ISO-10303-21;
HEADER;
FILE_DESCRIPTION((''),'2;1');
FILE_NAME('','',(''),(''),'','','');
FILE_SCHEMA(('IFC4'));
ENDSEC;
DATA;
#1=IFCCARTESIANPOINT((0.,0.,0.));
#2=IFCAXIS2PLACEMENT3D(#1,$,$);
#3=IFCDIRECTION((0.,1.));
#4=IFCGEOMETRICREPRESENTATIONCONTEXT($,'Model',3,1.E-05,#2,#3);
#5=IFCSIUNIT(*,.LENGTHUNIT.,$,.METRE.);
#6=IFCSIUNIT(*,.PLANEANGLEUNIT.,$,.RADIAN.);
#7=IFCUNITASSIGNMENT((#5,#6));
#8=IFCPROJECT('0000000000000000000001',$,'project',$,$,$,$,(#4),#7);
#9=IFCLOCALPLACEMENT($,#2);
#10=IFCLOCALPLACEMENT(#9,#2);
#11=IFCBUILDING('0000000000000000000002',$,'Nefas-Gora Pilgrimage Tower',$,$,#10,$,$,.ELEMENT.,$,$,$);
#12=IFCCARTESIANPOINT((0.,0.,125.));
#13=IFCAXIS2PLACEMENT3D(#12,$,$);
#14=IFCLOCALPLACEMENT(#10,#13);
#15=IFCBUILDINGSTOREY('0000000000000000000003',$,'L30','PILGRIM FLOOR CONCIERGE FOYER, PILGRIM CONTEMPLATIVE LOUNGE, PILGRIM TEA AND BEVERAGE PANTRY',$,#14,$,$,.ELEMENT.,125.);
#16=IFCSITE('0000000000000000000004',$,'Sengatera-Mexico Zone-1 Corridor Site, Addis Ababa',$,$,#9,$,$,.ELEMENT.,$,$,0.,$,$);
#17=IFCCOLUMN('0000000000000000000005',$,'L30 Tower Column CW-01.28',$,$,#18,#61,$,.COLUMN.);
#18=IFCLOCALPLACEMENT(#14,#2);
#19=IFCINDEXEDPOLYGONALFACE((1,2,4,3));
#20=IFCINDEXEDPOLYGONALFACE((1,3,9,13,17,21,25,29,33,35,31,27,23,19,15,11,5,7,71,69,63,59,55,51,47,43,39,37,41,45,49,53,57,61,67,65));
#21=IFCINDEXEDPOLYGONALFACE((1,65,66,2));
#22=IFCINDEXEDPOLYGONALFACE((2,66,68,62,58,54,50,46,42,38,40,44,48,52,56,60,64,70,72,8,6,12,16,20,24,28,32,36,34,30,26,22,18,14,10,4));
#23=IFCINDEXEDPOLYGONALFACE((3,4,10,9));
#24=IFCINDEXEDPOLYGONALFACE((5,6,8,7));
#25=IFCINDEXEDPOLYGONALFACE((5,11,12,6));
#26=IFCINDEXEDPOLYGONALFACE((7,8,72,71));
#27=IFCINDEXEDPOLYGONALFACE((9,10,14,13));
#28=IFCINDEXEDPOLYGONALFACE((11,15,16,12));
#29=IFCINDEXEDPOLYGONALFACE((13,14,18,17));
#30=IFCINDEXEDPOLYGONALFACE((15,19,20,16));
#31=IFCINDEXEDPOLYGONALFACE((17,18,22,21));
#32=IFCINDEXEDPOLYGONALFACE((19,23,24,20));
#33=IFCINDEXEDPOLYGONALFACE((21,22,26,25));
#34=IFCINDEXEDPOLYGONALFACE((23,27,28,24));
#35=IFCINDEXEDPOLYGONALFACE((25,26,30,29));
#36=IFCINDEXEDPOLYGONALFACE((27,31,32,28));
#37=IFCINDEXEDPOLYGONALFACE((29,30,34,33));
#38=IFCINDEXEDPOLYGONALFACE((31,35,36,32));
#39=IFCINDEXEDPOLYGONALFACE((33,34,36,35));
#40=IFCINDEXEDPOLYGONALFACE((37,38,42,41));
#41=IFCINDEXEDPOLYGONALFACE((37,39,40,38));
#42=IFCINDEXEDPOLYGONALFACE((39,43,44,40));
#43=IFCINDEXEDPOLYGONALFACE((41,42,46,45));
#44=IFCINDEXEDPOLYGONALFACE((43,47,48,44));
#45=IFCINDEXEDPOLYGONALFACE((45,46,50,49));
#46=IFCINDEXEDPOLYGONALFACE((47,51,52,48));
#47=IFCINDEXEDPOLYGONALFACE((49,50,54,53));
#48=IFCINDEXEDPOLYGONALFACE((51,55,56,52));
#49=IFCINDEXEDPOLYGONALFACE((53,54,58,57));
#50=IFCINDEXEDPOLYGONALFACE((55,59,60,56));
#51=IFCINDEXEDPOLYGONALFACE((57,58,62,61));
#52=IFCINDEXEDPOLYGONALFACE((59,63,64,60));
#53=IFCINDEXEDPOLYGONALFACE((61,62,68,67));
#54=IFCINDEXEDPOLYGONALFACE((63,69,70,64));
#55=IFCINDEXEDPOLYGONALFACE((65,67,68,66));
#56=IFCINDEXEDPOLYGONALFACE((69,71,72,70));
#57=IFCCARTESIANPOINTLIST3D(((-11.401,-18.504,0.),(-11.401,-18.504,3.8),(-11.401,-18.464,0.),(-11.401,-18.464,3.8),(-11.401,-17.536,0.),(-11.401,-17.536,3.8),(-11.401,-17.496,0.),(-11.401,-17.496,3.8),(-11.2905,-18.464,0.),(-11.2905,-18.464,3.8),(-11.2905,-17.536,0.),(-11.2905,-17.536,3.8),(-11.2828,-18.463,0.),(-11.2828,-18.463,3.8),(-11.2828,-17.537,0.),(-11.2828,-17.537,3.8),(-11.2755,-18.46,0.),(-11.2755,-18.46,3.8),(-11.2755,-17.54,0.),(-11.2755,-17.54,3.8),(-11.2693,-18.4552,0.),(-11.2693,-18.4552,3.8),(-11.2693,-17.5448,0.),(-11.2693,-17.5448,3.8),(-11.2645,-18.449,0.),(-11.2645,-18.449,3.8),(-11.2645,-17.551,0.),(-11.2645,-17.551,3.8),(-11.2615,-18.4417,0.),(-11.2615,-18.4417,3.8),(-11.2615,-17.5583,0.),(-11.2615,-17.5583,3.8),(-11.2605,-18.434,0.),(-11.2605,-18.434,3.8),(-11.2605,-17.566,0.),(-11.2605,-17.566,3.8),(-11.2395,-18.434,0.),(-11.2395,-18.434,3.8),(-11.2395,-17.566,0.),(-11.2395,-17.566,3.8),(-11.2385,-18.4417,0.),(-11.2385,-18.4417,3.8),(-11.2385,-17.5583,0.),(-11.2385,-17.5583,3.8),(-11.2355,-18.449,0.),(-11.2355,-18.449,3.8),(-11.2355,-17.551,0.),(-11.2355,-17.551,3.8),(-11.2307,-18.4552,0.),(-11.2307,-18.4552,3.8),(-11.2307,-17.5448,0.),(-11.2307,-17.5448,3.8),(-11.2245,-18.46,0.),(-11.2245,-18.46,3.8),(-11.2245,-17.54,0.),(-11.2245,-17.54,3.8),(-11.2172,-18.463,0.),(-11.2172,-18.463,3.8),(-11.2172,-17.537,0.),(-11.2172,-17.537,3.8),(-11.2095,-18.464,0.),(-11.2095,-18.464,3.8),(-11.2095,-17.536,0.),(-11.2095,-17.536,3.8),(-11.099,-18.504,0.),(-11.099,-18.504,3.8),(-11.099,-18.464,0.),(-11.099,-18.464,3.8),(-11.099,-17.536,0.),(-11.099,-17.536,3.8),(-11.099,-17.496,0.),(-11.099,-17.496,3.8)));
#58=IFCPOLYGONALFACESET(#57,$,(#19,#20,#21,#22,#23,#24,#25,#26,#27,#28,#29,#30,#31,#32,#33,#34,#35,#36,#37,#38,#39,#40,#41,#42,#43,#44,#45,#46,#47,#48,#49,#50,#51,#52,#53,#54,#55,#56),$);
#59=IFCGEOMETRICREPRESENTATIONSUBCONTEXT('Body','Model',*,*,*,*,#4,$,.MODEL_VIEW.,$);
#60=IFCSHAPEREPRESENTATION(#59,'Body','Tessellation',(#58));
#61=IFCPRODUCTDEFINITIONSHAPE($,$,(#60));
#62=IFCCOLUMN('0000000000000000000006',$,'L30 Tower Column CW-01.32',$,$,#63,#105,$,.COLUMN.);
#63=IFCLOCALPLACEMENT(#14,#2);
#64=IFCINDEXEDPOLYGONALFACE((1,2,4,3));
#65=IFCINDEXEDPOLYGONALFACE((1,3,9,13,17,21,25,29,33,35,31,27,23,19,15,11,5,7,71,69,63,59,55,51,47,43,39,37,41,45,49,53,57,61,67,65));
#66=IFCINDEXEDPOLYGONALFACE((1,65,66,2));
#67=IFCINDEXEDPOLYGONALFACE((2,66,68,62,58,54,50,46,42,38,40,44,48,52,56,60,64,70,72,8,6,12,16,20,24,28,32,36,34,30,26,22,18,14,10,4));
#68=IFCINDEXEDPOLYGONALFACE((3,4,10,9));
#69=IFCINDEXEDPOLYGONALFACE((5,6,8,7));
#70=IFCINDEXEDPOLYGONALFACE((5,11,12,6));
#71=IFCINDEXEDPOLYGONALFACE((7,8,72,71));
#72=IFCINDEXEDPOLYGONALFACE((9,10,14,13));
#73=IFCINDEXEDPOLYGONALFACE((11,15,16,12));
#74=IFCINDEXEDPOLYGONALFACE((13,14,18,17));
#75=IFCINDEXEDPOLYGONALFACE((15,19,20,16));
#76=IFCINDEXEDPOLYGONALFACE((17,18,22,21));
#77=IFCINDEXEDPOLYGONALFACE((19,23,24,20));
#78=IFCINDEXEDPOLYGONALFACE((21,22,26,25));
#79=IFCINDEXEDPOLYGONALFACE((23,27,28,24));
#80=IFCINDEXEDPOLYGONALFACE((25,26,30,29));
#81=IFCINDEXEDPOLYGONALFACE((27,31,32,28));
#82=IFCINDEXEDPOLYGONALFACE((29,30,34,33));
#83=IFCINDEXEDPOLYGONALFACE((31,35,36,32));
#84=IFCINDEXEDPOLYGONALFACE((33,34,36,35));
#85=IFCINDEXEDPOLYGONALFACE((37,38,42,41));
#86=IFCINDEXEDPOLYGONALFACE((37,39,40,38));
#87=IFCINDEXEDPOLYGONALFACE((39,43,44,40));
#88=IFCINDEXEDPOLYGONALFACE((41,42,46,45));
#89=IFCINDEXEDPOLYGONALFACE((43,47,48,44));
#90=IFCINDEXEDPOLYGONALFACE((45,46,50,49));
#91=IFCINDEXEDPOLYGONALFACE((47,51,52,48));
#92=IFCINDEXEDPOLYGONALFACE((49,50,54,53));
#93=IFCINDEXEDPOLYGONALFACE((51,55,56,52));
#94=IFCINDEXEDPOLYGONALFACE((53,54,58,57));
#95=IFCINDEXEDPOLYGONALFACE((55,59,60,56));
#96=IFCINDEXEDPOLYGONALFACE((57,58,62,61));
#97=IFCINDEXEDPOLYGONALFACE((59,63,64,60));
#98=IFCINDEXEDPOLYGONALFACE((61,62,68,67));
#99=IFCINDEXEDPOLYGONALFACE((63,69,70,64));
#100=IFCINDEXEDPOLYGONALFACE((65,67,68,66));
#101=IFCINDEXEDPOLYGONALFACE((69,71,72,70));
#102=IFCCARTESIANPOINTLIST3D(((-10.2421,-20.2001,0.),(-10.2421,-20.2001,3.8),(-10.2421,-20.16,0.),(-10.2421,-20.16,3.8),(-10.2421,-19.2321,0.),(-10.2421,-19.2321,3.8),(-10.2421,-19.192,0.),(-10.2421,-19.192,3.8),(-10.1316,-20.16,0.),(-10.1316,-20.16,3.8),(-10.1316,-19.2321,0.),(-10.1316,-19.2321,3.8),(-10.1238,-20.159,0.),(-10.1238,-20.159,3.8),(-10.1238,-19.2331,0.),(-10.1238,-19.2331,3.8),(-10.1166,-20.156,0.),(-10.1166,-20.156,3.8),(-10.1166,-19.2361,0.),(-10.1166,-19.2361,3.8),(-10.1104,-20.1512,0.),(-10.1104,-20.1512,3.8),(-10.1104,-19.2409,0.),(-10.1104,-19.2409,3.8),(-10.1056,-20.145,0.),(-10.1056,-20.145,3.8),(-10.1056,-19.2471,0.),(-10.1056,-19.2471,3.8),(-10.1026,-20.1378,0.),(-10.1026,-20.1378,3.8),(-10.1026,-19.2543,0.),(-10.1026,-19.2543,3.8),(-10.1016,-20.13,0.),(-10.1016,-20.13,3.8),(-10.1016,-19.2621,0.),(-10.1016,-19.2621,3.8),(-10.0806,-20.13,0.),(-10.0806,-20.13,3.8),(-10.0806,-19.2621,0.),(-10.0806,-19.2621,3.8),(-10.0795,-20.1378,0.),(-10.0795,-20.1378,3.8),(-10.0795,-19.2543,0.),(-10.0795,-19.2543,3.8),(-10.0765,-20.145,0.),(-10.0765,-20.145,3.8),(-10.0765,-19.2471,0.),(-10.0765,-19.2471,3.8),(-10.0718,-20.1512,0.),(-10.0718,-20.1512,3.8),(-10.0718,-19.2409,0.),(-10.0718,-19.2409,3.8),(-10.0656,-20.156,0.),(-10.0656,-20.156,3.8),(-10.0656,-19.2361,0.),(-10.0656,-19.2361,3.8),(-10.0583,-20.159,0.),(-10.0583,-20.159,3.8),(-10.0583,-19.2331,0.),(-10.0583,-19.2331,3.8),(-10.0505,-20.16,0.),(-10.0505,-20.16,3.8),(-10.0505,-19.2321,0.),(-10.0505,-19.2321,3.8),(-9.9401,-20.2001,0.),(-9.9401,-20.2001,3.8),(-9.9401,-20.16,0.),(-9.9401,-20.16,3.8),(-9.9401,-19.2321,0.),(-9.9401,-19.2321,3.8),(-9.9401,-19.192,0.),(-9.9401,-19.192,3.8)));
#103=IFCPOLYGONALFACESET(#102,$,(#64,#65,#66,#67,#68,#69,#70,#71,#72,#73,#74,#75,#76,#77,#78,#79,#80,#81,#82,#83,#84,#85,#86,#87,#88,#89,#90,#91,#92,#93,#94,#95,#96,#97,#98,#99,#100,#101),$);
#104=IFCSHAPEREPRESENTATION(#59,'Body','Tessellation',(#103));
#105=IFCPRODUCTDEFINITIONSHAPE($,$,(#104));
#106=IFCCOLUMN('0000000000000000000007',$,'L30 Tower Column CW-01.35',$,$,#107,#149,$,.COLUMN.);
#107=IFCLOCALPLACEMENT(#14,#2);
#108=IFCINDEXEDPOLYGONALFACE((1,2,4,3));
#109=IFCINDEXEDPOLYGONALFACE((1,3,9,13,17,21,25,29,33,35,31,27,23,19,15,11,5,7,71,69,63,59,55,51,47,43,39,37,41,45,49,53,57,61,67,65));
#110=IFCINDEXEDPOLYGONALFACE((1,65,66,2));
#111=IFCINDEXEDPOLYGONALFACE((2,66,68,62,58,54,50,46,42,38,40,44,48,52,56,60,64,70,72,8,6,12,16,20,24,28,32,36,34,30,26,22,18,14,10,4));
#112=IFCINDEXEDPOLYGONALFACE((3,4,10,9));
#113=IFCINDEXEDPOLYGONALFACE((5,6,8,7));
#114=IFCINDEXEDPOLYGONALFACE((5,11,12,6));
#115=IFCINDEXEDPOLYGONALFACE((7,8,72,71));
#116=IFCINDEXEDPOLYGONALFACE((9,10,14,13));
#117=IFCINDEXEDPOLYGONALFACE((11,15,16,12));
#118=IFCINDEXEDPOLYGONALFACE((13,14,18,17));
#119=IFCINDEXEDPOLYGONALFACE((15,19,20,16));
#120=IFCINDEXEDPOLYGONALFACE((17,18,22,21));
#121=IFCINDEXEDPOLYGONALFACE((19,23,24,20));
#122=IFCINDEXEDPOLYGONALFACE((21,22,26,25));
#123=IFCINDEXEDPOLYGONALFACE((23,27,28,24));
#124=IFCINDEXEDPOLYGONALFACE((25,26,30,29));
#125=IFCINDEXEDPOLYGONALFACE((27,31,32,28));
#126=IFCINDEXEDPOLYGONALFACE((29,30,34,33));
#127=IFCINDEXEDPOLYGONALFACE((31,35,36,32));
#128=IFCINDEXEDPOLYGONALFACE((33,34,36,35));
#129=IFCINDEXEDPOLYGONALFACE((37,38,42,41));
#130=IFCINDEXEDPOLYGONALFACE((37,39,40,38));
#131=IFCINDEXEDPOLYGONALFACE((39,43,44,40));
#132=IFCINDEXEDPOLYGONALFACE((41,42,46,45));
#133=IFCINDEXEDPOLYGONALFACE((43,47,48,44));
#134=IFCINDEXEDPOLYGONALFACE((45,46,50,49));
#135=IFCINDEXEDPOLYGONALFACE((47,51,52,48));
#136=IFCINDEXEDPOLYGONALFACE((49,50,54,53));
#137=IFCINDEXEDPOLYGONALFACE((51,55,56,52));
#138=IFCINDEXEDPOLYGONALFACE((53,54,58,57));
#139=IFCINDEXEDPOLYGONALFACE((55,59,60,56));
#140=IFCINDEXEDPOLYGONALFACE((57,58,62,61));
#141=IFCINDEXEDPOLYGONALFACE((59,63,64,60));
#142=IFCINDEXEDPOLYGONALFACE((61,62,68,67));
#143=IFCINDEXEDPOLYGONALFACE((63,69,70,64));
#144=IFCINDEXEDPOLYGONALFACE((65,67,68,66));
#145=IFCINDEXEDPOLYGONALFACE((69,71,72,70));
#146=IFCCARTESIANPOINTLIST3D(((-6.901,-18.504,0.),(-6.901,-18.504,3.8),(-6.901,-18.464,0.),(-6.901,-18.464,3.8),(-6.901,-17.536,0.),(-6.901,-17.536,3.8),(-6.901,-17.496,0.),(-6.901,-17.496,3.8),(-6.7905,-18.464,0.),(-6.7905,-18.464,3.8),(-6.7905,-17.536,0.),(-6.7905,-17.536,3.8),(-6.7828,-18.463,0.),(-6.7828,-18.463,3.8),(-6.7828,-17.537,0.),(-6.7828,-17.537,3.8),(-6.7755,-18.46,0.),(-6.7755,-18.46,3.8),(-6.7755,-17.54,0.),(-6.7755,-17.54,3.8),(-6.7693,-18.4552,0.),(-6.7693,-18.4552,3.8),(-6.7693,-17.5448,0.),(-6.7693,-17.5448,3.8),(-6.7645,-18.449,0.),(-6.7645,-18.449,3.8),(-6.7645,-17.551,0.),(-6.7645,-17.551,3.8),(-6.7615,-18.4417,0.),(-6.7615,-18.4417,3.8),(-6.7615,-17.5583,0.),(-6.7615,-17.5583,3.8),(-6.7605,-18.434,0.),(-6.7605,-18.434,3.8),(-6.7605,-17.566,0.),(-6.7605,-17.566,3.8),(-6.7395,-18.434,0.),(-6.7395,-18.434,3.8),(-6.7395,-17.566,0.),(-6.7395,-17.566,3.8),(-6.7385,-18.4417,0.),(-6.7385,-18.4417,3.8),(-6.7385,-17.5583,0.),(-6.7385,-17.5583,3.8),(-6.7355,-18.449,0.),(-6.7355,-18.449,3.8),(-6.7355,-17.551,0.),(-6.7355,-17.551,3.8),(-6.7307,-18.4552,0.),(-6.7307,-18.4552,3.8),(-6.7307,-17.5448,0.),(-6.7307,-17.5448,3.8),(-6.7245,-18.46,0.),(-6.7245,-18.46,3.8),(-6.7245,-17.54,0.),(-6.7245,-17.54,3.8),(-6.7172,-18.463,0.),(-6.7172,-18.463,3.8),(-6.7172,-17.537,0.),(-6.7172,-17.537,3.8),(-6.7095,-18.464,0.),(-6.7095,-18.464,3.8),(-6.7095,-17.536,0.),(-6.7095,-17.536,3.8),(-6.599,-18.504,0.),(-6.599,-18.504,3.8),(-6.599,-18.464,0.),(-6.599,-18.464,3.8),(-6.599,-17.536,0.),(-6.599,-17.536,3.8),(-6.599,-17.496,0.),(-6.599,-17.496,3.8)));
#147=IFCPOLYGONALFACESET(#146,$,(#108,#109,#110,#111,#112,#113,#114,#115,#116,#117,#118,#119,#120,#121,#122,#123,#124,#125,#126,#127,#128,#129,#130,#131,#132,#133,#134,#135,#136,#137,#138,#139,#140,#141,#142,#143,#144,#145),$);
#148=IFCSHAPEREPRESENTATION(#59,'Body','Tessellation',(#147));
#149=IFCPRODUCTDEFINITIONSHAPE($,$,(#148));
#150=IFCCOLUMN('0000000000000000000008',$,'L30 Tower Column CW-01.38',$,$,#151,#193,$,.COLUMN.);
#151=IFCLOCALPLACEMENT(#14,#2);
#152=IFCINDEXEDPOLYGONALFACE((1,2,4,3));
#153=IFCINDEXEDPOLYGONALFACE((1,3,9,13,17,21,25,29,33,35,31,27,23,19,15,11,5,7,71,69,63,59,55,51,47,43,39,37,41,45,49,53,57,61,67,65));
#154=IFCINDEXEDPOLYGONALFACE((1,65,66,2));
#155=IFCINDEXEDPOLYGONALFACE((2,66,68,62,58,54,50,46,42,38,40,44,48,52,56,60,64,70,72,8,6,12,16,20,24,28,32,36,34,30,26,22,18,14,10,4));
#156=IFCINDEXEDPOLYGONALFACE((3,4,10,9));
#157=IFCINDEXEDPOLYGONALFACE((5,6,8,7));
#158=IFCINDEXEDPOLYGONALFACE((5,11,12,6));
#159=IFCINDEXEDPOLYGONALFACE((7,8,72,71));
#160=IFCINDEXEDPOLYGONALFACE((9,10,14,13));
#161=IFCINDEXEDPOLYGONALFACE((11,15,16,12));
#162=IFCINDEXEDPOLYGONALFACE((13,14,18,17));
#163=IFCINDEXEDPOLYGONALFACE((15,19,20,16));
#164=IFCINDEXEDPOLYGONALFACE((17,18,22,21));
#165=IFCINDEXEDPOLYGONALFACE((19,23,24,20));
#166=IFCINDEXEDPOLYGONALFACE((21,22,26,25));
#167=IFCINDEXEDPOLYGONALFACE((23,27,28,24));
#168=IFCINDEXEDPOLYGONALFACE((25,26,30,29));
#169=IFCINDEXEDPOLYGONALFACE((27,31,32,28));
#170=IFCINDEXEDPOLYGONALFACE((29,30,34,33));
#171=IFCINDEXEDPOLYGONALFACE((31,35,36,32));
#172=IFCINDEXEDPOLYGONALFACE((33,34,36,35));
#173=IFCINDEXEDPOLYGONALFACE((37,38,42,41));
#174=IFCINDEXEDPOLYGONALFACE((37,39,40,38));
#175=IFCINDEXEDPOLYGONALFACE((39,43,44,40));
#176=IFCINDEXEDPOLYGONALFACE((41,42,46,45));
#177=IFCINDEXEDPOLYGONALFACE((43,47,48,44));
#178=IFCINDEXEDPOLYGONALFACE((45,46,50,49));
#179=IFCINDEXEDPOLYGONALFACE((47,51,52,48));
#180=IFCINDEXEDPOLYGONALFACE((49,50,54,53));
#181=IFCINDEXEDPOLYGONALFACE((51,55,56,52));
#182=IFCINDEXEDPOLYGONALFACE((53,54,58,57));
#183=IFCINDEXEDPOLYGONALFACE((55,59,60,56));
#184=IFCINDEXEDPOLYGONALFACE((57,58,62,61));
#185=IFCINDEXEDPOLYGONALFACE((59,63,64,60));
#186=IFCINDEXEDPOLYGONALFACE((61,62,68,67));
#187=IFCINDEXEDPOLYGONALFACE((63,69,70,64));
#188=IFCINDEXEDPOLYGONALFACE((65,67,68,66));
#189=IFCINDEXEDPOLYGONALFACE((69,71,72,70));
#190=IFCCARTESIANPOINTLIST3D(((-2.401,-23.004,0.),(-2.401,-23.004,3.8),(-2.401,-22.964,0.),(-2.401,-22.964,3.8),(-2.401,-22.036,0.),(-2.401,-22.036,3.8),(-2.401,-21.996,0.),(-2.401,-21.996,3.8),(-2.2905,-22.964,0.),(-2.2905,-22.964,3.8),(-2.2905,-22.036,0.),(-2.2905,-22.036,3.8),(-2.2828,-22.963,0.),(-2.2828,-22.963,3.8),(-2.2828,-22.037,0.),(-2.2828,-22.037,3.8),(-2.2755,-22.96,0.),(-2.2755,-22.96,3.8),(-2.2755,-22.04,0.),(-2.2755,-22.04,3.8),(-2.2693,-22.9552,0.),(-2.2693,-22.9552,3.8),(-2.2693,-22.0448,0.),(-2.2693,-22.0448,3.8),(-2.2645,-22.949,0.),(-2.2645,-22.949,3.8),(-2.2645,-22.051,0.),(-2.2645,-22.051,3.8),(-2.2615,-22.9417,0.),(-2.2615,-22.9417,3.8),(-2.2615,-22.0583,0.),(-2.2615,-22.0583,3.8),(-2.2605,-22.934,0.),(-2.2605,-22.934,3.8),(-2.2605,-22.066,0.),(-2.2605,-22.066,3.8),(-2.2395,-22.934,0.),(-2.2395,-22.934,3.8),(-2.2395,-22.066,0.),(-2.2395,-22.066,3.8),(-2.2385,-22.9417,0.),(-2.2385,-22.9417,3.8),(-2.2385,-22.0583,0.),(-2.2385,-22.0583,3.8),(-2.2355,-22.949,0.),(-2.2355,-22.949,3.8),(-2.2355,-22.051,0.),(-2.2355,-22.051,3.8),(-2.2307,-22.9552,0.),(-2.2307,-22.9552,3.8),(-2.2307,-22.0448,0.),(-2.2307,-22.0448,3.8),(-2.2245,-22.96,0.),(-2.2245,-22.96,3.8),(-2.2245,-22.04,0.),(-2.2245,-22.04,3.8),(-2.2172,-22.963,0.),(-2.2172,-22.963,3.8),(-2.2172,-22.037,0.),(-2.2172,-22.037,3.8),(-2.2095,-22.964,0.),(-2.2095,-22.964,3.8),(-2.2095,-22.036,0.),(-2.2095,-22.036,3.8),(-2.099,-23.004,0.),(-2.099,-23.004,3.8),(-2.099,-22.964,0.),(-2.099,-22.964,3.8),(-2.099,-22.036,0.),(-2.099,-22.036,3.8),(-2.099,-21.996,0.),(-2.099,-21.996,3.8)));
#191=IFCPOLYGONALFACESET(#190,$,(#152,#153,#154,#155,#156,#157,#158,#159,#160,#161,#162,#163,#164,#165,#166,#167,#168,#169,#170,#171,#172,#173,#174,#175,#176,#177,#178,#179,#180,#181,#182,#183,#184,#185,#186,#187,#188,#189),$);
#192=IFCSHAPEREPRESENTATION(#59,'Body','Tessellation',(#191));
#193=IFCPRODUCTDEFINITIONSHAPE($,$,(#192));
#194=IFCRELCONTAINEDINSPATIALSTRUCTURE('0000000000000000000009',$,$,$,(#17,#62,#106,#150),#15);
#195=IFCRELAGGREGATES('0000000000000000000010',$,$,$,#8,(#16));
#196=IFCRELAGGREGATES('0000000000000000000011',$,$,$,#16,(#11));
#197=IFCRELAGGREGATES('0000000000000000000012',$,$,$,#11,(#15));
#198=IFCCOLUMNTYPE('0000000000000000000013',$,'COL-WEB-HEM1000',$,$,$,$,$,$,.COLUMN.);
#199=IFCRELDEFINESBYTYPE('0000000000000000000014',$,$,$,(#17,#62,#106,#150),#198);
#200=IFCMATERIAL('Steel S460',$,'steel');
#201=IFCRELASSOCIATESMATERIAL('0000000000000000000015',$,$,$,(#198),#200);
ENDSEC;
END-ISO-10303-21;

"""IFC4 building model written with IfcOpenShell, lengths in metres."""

from ifc_helpers import new_model, si_unit, direction, frame, origin, origin_2d, place, context, subcontext, project, spatial, i_section, extrude, source, transform, mapped, material, material_profile, profile_set, type_object, element, save


model = new_model("IFC4")

# Units and contexts
model_context = context("Model", 3, precision=1e-05, world=origin(), true_north=direction((0.0, 1.0)))
body_context = subcontext(model_context, "Body", "Model", "MODEL_VIEW")
ifc_project = project(units=[si_unit("LENGTHUNIT", "METRE"), si_unit("PLANEANGLEUNIT", "RADIAN")], contexts=[model_context])

# Site, building, storey
site_placement = place(None, origin())
site = spatial("IfcSite", under=ifc_project, at=site_placement, Name="Sengatera-Mexico Zone-1 Corridor Site, Addis Ababa", CompositionType="ELEMENT", RefElevation=0.0)
building_placement = place(site_placement, origin())
building = spatial("IfcBuilding", under=site, at=building_placement, Name="Nefas-Gora Pilgrimage Tower", CompositionType="ELEMENT")
storey_placement = place(building_placement, frame((0.0, 0.0, 125.0)))
storey = spatial("IfcBuildingStorey", under=building, at=storey_placement, Name="L30", Description="PILGRIM FLOOR CONCIERGE FOYER, PILGRIM CONTEMPLATIVE LOUNGE, PILGRIM TEA AND BEVERAGE PANTRY", CompositionType="ELEMENT", Elevation=125.0)

# Columns
ifc_material_1 = material(Name="Steel S460", Category="steel")
ifc_material_profile_1 = material_profile(ifc_material_1, i_section(OverallWidth=0.302, OverallDepth=1.0081, WebThickness=0.021, FlangeThickness=0.04, FilletRadius=0.03, at=origin_2d()), Name="HEM 1000")
ifc_profile_set_1 = profile_set([ifc_material_profile_1], Name="Steel S460")
column_type_1 = type_object("IfcColumnType", Name="COL-WEB-HEM1000", PredefinedType="COLUMN", material=ifc_profile_set_1)
shared_shape_1 = source(origin(), body_context, "Body", "SweptSolid", [
    extrude(i_section(OverallWidth=0.302, OverallDepth=1.0081, WebThickness=0.021, FlangeThickness=0.04, FilletRadius=0.03, at=origin_2d()), origin(), (0.0, 0.0, 1.0), 3.8),
])
for number, where, z_axis, x_axis, name in (
    (1, (-11.25, -18.0, 0.0), (0.0, 0.0, 1.0), (1.0, 0.0, 0.0), "L30 Tower Column CW-01.28"),
    (2, (-10.0911, -19.696, 0.0), (0.0, 0.0, 1.0), (1.0, 0.0, 0.0), "L30 Tower Column CW-01.32"),
    (3, (-6.75, -18.0, 0.0), (0.0, 0.0, 1.0), (1.0, 0.0, 0.0), "L30 Tower Column CW-01.35"),
    (4, (-2.25, -22.5, 0.0), (0.0, 0.0, 1.0), (1.0, 0.0, 0.0), "L30 Tower Column CW-01.38"),
):
    element("IfcColumn", number, at=place(storey_placement, frame(where, z_axis=z_axis, x_axis=x_axis)), inside=storey, type_object=column_type_1, Name=name, PredefinedType="COLUMN", context=body_context, shape_type="MappedRepresentation", body=[
        mapped(shared_shape_1, transform((0.0, 0.0, 0.0), x_axis=(1.0, 0.0, 0.0), y_axis=(0.0, 1.0, 0.0), z_axis=(0.0, 0.0, 1.0), scale=1.0)),
    ])

save(model, "model.ifc")
